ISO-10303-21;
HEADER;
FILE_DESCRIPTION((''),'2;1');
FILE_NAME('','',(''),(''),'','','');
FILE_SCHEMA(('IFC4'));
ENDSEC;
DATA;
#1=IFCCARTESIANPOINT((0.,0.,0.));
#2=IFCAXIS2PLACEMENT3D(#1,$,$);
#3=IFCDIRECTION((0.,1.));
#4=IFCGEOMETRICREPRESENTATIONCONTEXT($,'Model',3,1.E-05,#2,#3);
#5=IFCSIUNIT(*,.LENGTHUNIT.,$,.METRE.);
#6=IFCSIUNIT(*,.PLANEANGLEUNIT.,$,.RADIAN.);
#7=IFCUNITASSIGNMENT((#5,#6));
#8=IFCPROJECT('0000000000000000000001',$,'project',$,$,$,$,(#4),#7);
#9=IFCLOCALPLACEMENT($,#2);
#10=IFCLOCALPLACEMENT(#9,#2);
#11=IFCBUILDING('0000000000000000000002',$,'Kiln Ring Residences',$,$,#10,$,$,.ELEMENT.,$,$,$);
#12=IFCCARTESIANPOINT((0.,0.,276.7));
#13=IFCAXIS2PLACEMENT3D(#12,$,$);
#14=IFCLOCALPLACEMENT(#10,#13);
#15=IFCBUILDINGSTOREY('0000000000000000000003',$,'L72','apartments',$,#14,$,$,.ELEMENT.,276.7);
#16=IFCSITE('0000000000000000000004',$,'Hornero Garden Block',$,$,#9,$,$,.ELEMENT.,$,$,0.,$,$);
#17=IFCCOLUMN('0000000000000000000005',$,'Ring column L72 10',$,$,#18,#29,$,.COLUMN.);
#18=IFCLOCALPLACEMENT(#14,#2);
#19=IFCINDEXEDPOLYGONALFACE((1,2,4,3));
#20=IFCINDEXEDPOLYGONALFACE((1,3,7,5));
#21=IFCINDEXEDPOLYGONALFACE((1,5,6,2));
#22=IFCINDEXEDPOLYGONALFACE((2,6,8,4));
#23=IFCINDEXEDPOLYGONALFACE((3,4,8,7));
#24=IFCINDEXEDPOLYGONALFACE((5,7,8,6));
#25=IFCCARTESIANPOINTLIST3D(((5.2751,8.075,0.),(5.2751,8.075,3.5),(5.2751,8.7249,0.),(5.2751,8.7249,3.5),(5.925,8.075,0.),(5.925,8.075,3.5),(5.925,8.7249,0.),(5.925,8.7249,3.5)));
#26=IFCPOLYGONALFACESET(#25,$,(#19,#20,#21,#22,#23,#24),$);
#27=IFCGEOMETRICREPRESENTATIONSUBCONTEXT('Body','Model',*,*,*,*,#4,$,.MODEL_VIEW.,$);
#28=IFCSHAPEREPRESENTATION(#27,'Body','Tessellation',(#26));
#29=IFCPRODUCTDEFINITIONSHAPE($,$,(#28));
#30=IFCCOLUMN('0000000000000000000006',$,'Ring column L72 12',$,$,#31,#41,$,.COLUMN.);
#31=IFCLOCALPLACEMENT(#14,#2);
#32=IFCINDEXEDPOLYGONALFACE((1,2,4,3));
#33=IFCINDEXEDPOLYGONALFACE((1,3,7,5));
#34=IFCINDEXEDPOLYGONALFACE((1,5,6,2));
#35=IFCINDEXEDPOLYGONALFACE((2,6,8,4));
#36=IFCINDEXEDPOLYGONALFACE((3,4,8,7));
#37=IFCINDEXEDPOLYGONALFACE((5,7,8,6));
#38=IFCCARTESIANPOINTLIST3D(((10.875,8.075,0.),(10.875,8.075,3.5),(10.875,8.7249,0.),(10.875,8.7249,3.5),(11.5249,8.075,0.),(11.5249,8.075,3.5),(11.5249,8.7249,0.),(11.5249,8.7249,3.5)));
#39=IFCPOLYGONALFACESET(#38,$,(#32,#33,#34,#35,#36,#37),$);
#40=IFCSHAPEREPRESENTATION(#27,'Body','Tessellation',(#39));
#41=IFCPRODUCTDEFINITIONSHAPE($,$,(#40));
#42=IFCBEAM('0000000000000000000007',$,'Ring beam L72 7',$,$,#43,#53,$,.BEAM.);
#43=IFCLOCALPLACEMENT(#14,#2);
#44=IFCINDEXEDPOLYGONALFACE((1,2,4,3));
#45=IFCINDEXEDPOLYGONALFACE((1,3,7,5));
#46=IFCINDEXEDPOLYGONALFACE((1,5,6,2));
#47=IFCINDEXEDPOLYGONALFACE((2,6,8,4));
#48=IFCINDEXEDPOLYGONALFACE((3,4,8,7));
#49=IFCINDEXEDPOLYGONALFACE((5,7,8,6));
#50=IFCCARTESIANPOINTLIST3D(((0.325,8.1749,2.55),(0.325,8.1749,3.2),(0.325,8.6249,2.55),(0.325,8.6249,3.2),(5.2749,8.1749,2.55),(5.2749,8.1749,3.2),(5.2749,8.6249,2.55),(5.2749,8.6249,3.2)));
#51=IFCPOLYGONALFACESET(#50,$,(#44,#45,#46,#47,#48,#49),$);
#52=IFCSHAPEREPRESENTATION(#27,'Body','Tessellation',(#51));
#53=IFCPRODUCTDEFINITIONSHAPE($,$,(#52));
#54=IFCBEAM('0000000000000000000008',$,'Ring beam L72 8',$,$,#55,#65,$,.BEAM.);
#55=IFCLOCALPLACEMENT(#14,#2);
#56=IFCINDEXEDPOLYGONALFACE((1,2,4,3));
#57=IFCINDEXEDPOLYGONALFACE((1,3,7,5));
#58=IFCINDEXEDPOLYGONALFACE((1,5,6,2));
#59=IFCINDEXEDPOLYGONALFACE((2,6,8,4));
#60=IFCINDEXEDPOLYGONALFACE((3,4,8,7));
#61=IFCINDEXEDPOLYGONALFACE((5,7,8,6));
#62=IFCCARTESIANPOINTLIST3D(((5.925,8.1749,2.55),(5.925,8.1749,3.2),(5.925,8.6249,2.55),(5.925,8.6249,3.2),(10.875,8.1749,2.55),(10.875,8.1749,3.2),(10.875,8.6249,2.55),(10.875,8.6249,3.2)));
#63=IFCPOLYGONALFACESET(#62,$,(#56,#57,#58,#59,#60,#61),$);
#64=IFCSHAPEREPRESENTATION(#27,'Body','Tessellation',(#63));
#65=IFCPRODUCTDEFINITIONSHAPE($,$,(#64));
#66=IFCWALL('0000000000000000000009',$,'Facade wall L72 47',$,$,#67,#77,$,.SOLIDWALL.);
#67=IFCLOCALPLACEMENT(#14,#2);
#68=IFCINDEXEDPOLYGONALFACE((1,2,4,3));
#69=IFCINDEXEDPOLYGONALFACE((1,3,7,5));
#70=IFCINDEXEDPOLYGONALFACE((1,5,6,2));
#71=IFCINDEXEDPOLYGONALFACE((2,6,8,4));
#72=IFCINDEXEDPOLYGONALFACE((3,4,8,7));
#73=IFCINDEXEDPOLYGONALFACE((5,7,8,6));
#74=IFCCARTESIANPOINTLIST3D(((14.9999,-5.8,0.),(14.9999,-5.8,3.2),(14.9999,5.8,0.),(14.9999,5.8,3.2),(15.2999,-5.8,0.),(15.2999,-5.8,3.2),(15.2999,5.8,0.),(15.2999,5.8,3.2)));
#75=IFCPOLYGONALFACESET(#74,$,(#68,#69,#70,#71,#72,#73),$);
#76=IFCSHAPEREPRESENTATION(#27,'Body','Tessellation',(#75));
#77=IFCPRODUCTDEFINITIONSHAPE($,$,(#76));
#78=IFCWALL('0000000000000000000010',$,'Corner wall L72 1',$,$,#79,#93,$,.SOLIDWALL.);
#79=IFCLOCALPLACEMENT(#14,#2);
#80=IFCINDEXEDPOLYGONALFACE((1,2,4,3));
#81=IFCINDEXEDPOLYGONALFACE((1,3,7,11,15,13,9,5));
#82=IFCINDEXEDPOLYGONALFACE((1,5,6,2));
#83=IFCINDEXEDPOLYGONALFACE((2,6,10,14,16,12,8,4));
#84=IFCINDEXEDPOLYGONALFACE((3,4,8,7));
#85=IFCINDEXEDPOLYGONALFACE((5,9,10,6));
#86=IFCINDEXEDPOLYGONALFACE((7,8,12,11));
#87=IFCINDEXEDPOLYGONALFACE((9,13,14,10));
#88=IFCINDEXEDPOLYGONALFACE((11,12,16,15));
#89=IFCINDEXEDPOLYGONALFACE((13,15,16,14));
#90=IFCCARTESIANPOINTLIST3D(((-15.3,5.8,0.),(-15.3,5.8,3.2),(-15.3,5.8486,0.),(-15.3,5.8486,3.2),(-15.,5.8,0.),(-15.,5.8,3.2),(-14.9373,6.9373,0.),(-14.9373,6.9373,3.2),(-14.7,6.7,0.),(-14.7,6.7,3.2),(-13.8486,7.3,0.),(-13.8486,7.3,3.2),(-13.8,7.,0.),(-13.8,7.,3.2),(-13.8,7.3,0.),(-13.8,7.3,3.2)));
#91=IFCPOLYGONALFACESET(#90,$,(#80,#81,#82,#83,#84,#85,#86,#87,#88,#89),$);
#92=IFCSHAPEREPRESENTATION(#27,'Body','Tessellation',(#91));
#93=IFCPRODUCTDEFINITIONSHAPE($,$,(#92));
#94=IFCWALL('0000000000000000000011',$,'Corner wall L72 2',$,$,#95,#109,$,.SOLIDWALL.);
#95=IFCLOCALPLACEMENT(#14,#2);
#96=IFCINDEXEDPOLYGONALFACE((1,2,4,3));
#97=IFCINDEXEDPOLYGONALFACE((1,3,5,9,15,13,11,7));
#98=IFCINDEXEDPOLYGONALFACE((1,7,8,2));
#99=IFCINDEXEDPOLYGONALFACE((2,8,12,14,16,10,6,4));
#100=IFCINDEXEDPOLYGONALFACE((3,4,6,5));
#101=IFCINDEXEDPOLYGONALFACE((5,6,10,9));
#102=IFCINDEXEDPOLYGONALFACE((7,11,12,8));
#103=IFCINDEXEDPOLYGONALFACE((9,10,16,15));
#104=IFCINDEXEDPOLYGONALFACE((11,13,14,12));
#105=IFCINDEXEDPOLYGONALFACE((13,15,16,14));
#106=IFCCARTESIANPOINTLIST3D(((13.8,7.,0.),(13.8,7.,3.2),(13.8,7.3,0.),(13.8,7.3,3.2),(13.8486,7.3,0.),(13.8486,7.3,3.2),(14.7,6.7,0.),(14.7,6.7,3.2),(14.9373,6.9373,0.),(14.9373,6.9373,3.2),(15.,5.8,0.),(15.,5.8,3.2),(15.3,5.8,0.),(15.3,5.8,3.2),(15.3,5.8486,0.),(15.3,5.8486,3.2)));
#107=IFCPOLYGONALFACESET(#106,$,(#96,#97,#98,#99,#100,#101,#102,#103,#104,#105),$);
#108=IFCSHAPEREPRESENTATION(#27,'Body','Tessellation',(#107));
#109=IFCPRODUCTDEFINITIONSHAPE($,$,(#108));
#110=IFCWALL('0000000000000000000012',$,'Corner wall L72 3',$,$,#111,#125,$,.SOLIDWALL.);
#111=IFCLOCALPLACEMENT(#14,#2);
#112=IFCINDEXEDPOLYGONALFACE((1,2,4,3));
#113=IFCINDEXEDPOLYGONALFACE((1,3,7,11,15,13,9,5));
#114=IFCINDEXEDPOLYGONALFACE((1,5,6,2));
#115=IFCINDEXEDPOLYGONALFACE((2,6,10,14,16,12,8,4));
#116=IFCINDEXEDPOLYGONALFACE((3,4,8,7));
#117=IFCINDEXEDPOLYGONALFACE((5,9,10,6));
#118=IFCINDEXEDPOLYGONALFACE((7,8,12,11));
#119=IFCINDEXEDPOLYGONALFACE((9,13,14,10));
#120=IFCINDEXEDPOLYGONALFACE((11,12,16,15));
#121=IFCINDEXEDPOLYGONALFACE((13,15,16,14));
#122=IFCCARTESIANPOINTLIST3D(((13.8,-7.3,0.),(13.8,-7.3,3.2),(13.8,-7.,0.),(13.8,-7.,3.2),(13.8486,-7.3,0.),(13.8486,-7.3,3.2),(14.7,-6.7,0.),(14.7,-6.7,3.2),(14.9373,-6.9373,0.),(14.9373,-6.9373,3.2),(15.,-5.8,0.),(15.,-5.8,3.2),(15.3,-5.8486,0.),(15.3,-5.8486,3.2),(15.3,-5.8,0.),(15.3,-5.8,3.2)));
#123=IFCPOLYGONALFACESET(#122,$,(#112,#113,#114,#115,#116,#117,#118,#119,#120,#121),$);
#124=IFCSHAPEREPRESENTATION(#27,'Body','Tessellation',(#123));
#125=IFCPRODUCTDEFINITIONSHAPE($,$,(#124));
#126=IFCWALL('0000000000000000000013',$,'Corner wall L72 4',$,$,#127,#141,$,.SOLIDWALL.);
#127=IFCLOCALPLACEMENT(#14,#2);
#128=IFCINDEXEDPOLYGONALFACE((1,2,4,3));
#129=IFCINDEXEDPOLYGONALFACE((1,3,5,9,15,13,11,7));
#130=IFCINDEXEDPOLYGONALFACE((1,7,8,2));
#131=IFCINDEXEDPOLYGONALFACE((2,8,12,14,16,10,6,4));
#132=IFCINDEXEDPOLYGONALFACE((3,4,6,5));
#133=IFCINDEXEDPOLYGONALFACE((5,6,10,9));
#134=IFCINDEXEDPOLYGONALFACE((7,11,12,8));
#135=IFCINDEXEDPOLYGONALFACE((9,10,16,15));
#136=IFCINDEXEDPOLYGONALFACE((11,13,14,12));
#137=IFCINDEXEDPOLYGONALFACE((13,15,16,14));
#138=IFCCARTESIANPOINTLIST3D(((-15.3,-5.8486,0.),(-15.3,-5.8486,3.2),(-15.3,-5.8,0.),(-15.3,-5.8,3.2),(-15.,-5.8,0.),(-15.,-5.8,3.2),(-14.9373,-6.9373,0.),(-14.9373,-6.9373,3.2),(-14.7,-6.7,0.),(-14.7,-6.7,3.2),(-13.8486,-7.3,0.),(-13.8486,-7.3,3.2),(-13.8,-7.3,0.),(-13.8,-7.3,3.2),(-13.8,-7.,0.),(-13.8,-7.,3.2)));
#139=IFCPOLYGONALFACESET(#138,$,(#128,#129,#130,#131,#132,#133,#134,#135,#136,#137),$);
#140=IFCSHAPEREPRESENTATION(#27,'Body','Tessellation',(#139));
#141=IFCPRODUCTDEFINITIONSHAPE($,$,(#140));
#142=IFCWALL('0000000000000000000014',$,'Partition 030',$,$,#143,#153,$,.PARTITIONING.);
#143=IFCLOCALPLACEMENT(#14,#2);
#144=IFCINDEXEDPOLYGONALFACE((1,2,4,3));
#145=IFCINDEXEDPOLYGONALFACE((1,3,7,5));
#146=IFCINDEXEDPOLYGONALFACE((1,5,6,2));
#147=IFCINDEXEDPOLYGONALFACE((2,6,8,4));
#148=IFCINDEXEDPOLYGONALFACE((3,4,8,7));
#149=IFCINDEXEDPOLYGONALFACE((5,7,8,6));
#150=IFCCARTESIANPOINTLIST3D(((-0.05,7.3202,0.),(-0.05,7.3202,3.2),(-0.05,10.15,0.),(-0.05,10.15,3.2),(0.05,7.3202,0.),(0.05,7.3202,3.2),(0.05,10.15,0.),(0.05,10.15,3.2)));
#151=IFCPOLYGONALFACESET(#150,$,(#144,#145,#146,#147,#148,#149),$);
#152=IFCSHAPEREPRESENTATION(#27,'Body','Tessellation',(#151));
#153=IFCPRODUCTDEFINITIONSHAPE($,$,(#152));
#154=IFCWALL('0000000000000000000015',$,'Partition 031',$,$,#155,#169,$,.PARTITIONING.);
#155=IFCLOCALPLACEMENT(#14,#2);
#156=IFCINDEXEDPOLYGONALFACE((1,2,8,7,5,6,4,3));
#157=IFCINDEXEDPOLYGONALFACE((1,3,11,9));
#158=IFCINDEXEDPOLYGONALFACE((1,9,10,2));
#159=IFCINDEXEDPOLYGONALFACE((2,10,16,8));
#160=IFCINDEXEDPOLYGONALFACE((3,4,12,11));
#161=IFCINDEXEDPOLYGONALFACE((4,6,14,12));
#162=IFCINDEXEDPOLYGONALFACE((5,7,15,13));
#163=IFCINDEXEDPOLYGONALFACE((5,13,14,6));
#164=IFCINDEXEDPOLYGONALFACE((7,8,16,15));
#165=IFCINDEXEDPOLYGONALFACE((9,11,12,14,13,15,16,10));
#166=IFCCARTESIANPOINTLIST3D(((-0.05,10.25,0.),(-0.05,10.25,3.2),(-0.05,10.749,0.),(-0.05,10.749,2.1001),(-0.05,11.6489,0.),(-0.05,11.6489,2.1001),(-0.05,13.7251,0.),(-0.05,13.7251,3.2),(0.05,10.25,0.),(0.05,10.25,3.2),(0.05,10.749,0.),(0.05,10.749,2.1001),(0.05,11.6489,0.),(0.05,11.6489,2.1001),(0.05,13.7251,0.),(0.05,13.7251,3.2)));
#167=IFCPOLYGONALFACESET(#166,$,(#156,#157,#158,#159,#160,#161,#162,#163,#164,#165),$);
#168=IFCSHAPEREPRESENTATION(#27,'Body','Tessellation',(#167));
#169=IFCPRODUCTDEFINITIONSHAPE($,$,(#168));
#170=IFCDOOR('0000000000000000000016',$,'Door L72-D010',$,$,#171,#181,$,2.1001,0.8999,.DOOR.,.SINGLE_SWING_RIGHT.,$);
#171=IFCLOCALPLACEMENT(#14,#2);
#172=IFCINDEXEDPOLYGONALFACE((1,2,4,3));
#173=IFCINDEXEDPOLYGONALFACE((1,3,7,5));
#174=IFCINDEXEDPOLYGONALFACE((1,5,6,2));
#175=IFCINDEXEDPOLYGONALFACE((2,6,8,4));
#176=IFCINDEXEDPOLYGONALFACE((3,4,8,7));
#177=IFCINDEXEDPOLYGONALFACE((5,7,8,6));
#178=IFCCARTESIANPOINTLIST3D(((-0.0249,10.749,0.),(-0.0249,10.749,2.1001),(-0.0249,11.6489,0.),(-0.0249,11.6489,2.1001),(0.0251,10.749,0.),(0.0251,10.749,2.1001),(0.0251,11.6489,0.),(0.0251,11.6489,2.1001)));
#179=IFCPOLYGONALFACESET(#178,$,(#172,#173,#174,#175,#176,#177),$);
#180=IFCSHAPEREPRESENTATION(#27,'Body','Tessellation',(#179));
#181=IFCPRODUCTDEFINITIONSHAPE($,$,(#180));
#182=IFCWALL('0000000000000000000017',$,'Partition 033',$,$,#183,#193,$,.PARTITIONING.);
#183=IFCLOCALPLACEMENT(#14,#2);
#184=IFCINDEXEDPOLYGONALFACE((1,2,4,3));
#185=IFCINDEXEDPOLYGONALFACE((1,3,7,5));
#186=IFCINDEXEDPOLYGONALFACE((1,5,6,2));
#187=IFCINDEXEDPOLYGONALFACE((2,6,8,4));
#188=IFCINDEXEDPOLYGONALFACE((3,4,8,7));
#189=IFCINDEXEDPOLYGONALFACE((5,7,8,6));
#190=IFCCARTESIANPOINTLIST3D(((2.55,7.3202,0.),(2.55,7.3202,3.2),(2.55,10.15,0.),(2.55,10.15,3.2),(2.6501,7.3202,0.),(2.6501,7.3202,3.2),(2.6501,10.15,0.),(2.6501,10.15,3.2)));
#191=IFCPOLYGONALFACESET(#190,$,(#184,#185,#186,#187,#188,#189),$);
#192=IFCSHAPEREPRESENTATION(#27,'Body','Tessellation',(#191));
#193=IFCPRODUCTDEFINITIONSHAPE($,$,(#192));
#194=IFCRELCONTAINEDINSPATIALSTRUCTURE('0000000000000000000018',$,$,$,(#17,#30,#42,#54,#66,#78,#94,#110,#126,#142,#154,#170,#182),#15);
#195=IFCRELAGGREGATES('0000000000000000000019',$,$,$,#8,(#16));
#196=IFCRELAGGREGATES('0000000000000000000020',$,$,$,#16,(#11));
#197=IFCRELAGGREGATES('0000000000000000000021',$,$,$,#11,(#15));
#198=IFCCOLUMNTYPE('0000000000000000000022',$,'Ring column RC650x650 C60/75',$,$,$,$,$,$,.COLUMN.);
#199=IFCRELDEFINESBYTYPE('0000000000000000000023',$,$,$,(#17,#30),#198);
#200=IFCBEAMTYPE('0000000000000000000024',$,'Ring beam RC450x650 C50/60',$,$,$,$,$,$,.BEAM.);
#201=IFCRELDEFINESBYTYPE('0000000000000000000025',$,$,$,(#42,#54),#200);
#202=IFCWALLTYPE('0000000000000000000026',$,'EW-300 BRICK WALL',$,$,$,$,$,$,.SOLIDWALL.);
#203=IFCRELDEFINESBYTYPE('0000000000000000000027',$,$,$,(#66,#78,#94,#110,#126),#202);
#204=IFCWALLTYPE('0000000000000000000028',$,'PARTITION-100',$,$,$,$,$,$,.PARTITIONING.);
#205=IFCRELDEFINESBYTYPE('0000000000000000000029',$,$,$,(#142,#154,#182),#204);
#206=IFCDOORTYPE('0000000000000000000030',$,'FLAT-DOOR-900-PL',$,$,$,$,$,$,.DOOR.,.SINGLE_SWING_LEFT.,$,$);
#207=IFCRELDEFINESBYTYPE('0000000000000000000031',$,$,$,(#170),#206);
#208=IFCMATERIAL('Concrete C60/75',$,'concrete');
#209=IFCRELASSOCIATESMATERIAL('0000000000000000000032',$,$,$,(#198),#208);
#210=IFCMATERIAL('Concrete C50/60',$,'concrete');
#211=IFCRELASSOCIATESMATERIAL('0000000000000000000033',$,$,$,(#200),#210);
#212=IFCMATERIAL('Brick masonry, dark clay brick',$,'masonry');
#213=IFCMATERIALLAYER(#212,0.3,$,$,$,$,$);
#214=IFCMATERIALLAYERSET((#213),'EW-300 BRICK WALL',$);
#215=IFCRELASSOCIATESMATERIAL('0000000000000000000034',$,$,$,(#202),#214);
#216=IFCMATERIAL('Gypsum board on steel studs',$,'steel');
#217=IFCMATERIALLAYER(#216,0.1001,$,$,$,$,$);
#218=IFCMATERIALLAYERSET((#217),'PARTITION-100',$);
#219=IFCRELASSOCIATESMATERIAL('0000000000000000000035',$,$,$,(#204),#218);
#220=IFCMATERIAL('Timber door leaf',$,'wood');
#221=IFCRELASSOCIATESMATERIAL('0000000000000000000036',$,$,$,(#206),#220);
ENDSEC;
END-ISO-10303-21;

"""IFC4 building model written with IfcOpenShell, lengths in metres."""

from ifc_helpers import new_model, si_unit, direction, frame, frame_2d, origin, origin_2d, place, context, subcontext, project, spatial, polyline, rectangle, outline, extrude, material, layer, layer_set, material_profile, profile_set, type_object, element, fill, save


model = new_model("IFC4")

# Units and contexts
model_context = context("Model", 3, precision=1e-05, world=origin(), true_north=direction((0.0, 1.0)))
body_context = subcontext(model_context, "Body", "Model", "MODEL_VIEW")
ifc_project = project(units=[si_unit("LENGTHUNIT", "METRE"), si_unit("PLANEANGLEUNIT", "RADIAN")], contexts=[model_context])

# Site, building, storey
site_placement = place(None, origin())
site = spatial("IfcSite", under=ifc_project, at=site_placement, Name="Hornero Garden Block", CompositionType="ELEMENT", RefElevation=0.0)
building_placement = place(site_placement, origin())
building = spatial("IfcBuilding", under=site, at=building_placement, Name="Kiln Ring Residences", CompositionType="ELEMENT")
storey_placement = place(building_placement, frame((0.0, 0.0, 276.7)))
storey = spatial("IfcBuildingStorey", under=building, at=storey_placement, Name="L72", Description="apartments", CompositionType="ELEMENT", Elevation=276.7)

# Columns
ifc_material_1 = material(Name="Concrete C60/75", Category="concrete")
ifc_material_profile_1 = material_profile(ifc_material_1, rectangle(XDim=0.6499, YDim=0.6499, at=origin_2d()), Name="RC650x650")
ifc_profile_set_1 = profile_set([ifc_material_profile_1], Name="Concrete C60/75")
column_type = type_object("IfcColumnType", Name="Ring column RC650x650 C60/75", PredefinedType="COLUMN", material=ifc_profile_set_1)
for number, where, z_axis, x_axis, name in (
    (1, (5.6001, 8.3999, 0.0), (0.0, 0.0, 1.0), (1.0, 0.0, 0.0), "Ring column L72 10"),
    (2, (11.2, 8.3999, 0.0), (0.0, 0.0, 1.0), (1.0, 0.0, 0.0), "Ring column L72 12"),
):
    element("IfcColumn", number, at=place(storey_placement, frame(where, z_axis=z_axis, x_axis=x_axis)), inside=storey, type_object=column_type, Name=name, PredefinedType="COLUMN", context=body_context, shape_type="SweptSolid", body=[
        extrude(rectangle(XDim=0.6499, YDim=0.6499, at=origin_2d()), origin(), (0.0, 0.0, 1.0), 3.5),
    ])

# Beams
ifc_material_2 = material(Name="Concrete C50/60", Category="concrete")
ifc_material_profile_2 = material_profile(ifc_material_2, rectangle(XDim=0.45, YDim=0.6499, at=origin_2d()), Name="RC450x650")
ifc_profile_set_2 = profile_set([ifc_material_profile_2], Name="Concrete C50/60")
beam_type = type_object("IfcBeamType", Name="Ring beam RC450x650 C50/60", PredefinedType="BEAM", material=ifc_profile_set_2)
for number, where, z_axis, x_axis, name in (
    (3, (0.325, 8.3999, 2.875), (1.0, 0.0, 0.0), (0.0, 1.0, 0.0), "Ring beam L72 7"),
    (4, (5.925, 8.3999, 2.875), (1.0, 0.0, 0.0), (0.0, 1.0, 0.0), "Ring beam L72 8"),
):
    element("IfcBeam", number, at=place(storey_placement, frame(where, z_axis=z_axis, x_axis=x_axis)), inside=storey, type_object=beam_type, Name=name, PredefinedType="BEAM", context=body_context, shape_type="SweptSolid", body=[
        extrude(rectangle(XDim=0.45, YDim=0.6499, at=origin_2d()), origin(), (0.0, 0.0, 1.0), 4.95),
    ])

# Walls
ifc_material_3 = material(Name="Brick masonry, dark clay brick", Category="masonry")
ifc_layer_1 = layer(ifc_material_3, 0.3)
ifc_layer_set_1 = layer_set([ifc_layer_1], Name="EW-300 BRICK WALL")
wall_type_1 = type_object("IfcWallType", Name="EW-300 BRICK WALL", PredefinedType="SOLIDWALL", material=ifc_layer_set_1)
wall_1_placement = place(storey_placement, frame((15.1499, 5.8, 0.0), z_axis=(0.0, 0.0, 1.0), x_axis=(0.0, -1.0, 0.0)))
element("IfcWall", 5, at=wall_1_placement, inside=storey, type_object=wall_type_1, Name="Facade wall L72 47", PredefinedType="SOLIDWALL", context=body_context, shape_type="SweptSolid", body=[
    extrude(rectangle(XDim=11.6001, YDim=0.3, at=frame_2d((5.8, 0.0))), origin(), (0.0, 0.0, 1.0), 3.2),
])
placement = place(storey_placement, origin())
element("IfcWall", 6, at=placement, inside=storey, type_object=wall_type_1, Name="Corner wall L72 1", PredefinedType="SOLIDWALL", context=body_context, shape_type="SweptSolid", body=[
    extrude(outline(polyline([(-13.8486, 7.3), (-14.9373, 6.9373), (-15.3, 5.8486), (-15.3, 5.8), (-15.0, 5.8), (-14.7, 6.7), (-13.8, 7.0), (-13.8, 7.3), (-13.8486, 7.3)])), origin(), (0.0, 0.0, 1.0), 3.2),
])
element("IfcWall", 7, at=placement, inside=storey, type_object=wall_type_1, Name="Corner wall L72 2", PredefinedType="SOLIDWALL", context=body_context, shape_type="SweptSolid", body=[
    extrude(outline(polyline([(14.9373, 6.9373), (13.8486, 7.3), (13.8, 7.3), (13.8, 7.0), (14.7, 6.7), (15.0, 5.8), (15.3, 5.8), (15.3, 5.8486), (14.9373, 6.9373)])), origin(), (0.0, 0.0, 1.0), 3.2),
])
element("IfcWall", 8, at=placement, inside=storey, type_object=wall_type_1, Name="Corner wall L72 3", PredefinedType="SOLIDWALL", context=body_context, shape_type="SweptSolid", body=[
    extrude(outline(polyline([(14.9373, -6.9373), (15.3, -5.8486), (15.3, -5.8), (15.0, -5.8), (14.7, -6.7), (13.8, -7.0), (13.8, -7.3), (13.8486, -7.3), (14.9373, -6.9373)])), origin(), (0.0, 0.0, 1.0), 3.2),
])
element("IfcWall", 9, at=placement, inside=storey, type_object=wall_type_1, Name="Corner wall L72 4", PredefinedType="SOLIDWALL", context=body_context, shape_type="SweptSolid", body=[
    extrude(outline(polyline([(-14.9373, -6.9373), (-13.8486, -7.3), (-13.8, -7.3), (-13.8, -7.0), (-14.7, -6.7), (-15.0, -5.8), (-15.3, -5.8), (-15.3, -5.8486), (-14.9373, -6.9373)])), origin(), (0.0, 0.0, 1.0), 3.2),
])
ifc_material_4 = material(Name="Gypsum board on steel studs", Category="steel")
ifc_layer_2 = layer(ifc_material_4, 0.1001)
ifc_layer_set_2 = layer_set([ifc_layer_2], Name="PARTITION-100")
wall_type_2 = type_object("IfcWallType", Name="PARTITION-100", PredefinedType="PARTITIONING", material=ifc_layer_set_2)
wall_2_placement = place(storey_placement, frame((0.0, 7.3201, 0.0), z_axis=(0.0, 0.0, 1.0), x_axis=(0.0, 1.0, 0.0)))
element("IfcWall", 10, at=wall_2_placement, inside=storey, type_object=wall_type_2, Name="Partition 030", PredefinedType="PARTITIONING", context=body_context, shape_type="SweptSolid", body=[
    extrude(rectangle(XDim=2.8298, YDim=0.1001, at=frame_2d((1.415, 0.0))), origin(), (0.0, 0.0, 1.0), 3.2),
])

# Wall, opening, door
wall_3_placement = place(storey_placement, frame((0.0, 10.25, 0.0), z_axis=(0.0, 0.0, 1.0), x_axis=(0.0, 1.0, 0.0)))
wall_3 = element("IfcWall", 11, at=wall_3_placement, inside=storey, type_object=wall_type_2, Name="Partition 031", PredefinedType="PARTITIONING", context=body_context, shape_type="SweptSolid", body=[
    extrude(rectangle(XDim=3.4751, YDim=0.1001, at=frame_2d((1.7375, 0.0))), origin(), (0.0, 0.0, 1.0), 3.2),
])
opening_1_placement = place(wall_3_placement, frame((0.499, 0.0, 0.0)))
opening_1 = element("IfcOpeningElement", 12, at=opening_1_placement, cuts=wall_3, PredefinedType="OPENING", context=body_context, shape_type="SweptSolid", body=[
    extrude(rectangle(XDim=0.8999, YDim=2.1001, at=frame_2d((0.45, 1.05))), frame((0.0, 0.0601, 0.0), z_axis=(0.0, -1.0, 0.0), x_axis=(1.0, 0.0, 0.0)), (0.0, 0.0, 1.0), 0.1201),
])
ifc_material_5 = material(Name="Timber door leaf", Category="wood")
door_type_1 = type_object("IfcDoorType", Name="FLAT-DOOR-900-PL", OperationType="SINGLE_SWING_LEFT", PredefinedType="DOOR", material=ifc_material_5)
door_1_placement = place(opening_1_placement, origin())
door_1 = element("IfcDoor", 13, at=door_1_placement, inside=storey, type_object=door_type_1, Name="Door L72-D010", OperationType="SINGLE_SWING_RIGHT", OverallHeight=2.1001, OverallWidth=0.8999, PredefinedType="DOOR", context=body_context, shape_type="SweptSolid", body=[
    extrude(rectangle(XDim=0.8999, YDim=2.1001, at=frame_2d((0.45, 1.05))), frame((0.0, 0.0249, 0.0), z_axis=(0.0, -1.0, 0.0), x_axis=(1.0, 0.0, 0.0)), (0.0, 0.0, 1.0), 0.05),
])
fill(opening_1, door_1)

# Wall
wall_4_placement = place(storey_placement, frame((2.6001, 7.3201, 0.0), z_axis=(0.0, 0.0, 1.0), x_axis=(0.0, 1.0, 0.0)))
element("IfcWall", 14, at=wall_4_placement, inside=storey, type_object=wall_type_2, Name="Partition 033", PredefinedType="PARTITIONING", context=body_context, shape_type="SweptSolid", body=[
    extrude(rectangle(XDim=2.8298, YDim=0.1001, at=frame_2d((1.415, 0.0))), origin(), (0.0, 0.0, 1.0), 3.2),
])

save(model, "model.ifc")
